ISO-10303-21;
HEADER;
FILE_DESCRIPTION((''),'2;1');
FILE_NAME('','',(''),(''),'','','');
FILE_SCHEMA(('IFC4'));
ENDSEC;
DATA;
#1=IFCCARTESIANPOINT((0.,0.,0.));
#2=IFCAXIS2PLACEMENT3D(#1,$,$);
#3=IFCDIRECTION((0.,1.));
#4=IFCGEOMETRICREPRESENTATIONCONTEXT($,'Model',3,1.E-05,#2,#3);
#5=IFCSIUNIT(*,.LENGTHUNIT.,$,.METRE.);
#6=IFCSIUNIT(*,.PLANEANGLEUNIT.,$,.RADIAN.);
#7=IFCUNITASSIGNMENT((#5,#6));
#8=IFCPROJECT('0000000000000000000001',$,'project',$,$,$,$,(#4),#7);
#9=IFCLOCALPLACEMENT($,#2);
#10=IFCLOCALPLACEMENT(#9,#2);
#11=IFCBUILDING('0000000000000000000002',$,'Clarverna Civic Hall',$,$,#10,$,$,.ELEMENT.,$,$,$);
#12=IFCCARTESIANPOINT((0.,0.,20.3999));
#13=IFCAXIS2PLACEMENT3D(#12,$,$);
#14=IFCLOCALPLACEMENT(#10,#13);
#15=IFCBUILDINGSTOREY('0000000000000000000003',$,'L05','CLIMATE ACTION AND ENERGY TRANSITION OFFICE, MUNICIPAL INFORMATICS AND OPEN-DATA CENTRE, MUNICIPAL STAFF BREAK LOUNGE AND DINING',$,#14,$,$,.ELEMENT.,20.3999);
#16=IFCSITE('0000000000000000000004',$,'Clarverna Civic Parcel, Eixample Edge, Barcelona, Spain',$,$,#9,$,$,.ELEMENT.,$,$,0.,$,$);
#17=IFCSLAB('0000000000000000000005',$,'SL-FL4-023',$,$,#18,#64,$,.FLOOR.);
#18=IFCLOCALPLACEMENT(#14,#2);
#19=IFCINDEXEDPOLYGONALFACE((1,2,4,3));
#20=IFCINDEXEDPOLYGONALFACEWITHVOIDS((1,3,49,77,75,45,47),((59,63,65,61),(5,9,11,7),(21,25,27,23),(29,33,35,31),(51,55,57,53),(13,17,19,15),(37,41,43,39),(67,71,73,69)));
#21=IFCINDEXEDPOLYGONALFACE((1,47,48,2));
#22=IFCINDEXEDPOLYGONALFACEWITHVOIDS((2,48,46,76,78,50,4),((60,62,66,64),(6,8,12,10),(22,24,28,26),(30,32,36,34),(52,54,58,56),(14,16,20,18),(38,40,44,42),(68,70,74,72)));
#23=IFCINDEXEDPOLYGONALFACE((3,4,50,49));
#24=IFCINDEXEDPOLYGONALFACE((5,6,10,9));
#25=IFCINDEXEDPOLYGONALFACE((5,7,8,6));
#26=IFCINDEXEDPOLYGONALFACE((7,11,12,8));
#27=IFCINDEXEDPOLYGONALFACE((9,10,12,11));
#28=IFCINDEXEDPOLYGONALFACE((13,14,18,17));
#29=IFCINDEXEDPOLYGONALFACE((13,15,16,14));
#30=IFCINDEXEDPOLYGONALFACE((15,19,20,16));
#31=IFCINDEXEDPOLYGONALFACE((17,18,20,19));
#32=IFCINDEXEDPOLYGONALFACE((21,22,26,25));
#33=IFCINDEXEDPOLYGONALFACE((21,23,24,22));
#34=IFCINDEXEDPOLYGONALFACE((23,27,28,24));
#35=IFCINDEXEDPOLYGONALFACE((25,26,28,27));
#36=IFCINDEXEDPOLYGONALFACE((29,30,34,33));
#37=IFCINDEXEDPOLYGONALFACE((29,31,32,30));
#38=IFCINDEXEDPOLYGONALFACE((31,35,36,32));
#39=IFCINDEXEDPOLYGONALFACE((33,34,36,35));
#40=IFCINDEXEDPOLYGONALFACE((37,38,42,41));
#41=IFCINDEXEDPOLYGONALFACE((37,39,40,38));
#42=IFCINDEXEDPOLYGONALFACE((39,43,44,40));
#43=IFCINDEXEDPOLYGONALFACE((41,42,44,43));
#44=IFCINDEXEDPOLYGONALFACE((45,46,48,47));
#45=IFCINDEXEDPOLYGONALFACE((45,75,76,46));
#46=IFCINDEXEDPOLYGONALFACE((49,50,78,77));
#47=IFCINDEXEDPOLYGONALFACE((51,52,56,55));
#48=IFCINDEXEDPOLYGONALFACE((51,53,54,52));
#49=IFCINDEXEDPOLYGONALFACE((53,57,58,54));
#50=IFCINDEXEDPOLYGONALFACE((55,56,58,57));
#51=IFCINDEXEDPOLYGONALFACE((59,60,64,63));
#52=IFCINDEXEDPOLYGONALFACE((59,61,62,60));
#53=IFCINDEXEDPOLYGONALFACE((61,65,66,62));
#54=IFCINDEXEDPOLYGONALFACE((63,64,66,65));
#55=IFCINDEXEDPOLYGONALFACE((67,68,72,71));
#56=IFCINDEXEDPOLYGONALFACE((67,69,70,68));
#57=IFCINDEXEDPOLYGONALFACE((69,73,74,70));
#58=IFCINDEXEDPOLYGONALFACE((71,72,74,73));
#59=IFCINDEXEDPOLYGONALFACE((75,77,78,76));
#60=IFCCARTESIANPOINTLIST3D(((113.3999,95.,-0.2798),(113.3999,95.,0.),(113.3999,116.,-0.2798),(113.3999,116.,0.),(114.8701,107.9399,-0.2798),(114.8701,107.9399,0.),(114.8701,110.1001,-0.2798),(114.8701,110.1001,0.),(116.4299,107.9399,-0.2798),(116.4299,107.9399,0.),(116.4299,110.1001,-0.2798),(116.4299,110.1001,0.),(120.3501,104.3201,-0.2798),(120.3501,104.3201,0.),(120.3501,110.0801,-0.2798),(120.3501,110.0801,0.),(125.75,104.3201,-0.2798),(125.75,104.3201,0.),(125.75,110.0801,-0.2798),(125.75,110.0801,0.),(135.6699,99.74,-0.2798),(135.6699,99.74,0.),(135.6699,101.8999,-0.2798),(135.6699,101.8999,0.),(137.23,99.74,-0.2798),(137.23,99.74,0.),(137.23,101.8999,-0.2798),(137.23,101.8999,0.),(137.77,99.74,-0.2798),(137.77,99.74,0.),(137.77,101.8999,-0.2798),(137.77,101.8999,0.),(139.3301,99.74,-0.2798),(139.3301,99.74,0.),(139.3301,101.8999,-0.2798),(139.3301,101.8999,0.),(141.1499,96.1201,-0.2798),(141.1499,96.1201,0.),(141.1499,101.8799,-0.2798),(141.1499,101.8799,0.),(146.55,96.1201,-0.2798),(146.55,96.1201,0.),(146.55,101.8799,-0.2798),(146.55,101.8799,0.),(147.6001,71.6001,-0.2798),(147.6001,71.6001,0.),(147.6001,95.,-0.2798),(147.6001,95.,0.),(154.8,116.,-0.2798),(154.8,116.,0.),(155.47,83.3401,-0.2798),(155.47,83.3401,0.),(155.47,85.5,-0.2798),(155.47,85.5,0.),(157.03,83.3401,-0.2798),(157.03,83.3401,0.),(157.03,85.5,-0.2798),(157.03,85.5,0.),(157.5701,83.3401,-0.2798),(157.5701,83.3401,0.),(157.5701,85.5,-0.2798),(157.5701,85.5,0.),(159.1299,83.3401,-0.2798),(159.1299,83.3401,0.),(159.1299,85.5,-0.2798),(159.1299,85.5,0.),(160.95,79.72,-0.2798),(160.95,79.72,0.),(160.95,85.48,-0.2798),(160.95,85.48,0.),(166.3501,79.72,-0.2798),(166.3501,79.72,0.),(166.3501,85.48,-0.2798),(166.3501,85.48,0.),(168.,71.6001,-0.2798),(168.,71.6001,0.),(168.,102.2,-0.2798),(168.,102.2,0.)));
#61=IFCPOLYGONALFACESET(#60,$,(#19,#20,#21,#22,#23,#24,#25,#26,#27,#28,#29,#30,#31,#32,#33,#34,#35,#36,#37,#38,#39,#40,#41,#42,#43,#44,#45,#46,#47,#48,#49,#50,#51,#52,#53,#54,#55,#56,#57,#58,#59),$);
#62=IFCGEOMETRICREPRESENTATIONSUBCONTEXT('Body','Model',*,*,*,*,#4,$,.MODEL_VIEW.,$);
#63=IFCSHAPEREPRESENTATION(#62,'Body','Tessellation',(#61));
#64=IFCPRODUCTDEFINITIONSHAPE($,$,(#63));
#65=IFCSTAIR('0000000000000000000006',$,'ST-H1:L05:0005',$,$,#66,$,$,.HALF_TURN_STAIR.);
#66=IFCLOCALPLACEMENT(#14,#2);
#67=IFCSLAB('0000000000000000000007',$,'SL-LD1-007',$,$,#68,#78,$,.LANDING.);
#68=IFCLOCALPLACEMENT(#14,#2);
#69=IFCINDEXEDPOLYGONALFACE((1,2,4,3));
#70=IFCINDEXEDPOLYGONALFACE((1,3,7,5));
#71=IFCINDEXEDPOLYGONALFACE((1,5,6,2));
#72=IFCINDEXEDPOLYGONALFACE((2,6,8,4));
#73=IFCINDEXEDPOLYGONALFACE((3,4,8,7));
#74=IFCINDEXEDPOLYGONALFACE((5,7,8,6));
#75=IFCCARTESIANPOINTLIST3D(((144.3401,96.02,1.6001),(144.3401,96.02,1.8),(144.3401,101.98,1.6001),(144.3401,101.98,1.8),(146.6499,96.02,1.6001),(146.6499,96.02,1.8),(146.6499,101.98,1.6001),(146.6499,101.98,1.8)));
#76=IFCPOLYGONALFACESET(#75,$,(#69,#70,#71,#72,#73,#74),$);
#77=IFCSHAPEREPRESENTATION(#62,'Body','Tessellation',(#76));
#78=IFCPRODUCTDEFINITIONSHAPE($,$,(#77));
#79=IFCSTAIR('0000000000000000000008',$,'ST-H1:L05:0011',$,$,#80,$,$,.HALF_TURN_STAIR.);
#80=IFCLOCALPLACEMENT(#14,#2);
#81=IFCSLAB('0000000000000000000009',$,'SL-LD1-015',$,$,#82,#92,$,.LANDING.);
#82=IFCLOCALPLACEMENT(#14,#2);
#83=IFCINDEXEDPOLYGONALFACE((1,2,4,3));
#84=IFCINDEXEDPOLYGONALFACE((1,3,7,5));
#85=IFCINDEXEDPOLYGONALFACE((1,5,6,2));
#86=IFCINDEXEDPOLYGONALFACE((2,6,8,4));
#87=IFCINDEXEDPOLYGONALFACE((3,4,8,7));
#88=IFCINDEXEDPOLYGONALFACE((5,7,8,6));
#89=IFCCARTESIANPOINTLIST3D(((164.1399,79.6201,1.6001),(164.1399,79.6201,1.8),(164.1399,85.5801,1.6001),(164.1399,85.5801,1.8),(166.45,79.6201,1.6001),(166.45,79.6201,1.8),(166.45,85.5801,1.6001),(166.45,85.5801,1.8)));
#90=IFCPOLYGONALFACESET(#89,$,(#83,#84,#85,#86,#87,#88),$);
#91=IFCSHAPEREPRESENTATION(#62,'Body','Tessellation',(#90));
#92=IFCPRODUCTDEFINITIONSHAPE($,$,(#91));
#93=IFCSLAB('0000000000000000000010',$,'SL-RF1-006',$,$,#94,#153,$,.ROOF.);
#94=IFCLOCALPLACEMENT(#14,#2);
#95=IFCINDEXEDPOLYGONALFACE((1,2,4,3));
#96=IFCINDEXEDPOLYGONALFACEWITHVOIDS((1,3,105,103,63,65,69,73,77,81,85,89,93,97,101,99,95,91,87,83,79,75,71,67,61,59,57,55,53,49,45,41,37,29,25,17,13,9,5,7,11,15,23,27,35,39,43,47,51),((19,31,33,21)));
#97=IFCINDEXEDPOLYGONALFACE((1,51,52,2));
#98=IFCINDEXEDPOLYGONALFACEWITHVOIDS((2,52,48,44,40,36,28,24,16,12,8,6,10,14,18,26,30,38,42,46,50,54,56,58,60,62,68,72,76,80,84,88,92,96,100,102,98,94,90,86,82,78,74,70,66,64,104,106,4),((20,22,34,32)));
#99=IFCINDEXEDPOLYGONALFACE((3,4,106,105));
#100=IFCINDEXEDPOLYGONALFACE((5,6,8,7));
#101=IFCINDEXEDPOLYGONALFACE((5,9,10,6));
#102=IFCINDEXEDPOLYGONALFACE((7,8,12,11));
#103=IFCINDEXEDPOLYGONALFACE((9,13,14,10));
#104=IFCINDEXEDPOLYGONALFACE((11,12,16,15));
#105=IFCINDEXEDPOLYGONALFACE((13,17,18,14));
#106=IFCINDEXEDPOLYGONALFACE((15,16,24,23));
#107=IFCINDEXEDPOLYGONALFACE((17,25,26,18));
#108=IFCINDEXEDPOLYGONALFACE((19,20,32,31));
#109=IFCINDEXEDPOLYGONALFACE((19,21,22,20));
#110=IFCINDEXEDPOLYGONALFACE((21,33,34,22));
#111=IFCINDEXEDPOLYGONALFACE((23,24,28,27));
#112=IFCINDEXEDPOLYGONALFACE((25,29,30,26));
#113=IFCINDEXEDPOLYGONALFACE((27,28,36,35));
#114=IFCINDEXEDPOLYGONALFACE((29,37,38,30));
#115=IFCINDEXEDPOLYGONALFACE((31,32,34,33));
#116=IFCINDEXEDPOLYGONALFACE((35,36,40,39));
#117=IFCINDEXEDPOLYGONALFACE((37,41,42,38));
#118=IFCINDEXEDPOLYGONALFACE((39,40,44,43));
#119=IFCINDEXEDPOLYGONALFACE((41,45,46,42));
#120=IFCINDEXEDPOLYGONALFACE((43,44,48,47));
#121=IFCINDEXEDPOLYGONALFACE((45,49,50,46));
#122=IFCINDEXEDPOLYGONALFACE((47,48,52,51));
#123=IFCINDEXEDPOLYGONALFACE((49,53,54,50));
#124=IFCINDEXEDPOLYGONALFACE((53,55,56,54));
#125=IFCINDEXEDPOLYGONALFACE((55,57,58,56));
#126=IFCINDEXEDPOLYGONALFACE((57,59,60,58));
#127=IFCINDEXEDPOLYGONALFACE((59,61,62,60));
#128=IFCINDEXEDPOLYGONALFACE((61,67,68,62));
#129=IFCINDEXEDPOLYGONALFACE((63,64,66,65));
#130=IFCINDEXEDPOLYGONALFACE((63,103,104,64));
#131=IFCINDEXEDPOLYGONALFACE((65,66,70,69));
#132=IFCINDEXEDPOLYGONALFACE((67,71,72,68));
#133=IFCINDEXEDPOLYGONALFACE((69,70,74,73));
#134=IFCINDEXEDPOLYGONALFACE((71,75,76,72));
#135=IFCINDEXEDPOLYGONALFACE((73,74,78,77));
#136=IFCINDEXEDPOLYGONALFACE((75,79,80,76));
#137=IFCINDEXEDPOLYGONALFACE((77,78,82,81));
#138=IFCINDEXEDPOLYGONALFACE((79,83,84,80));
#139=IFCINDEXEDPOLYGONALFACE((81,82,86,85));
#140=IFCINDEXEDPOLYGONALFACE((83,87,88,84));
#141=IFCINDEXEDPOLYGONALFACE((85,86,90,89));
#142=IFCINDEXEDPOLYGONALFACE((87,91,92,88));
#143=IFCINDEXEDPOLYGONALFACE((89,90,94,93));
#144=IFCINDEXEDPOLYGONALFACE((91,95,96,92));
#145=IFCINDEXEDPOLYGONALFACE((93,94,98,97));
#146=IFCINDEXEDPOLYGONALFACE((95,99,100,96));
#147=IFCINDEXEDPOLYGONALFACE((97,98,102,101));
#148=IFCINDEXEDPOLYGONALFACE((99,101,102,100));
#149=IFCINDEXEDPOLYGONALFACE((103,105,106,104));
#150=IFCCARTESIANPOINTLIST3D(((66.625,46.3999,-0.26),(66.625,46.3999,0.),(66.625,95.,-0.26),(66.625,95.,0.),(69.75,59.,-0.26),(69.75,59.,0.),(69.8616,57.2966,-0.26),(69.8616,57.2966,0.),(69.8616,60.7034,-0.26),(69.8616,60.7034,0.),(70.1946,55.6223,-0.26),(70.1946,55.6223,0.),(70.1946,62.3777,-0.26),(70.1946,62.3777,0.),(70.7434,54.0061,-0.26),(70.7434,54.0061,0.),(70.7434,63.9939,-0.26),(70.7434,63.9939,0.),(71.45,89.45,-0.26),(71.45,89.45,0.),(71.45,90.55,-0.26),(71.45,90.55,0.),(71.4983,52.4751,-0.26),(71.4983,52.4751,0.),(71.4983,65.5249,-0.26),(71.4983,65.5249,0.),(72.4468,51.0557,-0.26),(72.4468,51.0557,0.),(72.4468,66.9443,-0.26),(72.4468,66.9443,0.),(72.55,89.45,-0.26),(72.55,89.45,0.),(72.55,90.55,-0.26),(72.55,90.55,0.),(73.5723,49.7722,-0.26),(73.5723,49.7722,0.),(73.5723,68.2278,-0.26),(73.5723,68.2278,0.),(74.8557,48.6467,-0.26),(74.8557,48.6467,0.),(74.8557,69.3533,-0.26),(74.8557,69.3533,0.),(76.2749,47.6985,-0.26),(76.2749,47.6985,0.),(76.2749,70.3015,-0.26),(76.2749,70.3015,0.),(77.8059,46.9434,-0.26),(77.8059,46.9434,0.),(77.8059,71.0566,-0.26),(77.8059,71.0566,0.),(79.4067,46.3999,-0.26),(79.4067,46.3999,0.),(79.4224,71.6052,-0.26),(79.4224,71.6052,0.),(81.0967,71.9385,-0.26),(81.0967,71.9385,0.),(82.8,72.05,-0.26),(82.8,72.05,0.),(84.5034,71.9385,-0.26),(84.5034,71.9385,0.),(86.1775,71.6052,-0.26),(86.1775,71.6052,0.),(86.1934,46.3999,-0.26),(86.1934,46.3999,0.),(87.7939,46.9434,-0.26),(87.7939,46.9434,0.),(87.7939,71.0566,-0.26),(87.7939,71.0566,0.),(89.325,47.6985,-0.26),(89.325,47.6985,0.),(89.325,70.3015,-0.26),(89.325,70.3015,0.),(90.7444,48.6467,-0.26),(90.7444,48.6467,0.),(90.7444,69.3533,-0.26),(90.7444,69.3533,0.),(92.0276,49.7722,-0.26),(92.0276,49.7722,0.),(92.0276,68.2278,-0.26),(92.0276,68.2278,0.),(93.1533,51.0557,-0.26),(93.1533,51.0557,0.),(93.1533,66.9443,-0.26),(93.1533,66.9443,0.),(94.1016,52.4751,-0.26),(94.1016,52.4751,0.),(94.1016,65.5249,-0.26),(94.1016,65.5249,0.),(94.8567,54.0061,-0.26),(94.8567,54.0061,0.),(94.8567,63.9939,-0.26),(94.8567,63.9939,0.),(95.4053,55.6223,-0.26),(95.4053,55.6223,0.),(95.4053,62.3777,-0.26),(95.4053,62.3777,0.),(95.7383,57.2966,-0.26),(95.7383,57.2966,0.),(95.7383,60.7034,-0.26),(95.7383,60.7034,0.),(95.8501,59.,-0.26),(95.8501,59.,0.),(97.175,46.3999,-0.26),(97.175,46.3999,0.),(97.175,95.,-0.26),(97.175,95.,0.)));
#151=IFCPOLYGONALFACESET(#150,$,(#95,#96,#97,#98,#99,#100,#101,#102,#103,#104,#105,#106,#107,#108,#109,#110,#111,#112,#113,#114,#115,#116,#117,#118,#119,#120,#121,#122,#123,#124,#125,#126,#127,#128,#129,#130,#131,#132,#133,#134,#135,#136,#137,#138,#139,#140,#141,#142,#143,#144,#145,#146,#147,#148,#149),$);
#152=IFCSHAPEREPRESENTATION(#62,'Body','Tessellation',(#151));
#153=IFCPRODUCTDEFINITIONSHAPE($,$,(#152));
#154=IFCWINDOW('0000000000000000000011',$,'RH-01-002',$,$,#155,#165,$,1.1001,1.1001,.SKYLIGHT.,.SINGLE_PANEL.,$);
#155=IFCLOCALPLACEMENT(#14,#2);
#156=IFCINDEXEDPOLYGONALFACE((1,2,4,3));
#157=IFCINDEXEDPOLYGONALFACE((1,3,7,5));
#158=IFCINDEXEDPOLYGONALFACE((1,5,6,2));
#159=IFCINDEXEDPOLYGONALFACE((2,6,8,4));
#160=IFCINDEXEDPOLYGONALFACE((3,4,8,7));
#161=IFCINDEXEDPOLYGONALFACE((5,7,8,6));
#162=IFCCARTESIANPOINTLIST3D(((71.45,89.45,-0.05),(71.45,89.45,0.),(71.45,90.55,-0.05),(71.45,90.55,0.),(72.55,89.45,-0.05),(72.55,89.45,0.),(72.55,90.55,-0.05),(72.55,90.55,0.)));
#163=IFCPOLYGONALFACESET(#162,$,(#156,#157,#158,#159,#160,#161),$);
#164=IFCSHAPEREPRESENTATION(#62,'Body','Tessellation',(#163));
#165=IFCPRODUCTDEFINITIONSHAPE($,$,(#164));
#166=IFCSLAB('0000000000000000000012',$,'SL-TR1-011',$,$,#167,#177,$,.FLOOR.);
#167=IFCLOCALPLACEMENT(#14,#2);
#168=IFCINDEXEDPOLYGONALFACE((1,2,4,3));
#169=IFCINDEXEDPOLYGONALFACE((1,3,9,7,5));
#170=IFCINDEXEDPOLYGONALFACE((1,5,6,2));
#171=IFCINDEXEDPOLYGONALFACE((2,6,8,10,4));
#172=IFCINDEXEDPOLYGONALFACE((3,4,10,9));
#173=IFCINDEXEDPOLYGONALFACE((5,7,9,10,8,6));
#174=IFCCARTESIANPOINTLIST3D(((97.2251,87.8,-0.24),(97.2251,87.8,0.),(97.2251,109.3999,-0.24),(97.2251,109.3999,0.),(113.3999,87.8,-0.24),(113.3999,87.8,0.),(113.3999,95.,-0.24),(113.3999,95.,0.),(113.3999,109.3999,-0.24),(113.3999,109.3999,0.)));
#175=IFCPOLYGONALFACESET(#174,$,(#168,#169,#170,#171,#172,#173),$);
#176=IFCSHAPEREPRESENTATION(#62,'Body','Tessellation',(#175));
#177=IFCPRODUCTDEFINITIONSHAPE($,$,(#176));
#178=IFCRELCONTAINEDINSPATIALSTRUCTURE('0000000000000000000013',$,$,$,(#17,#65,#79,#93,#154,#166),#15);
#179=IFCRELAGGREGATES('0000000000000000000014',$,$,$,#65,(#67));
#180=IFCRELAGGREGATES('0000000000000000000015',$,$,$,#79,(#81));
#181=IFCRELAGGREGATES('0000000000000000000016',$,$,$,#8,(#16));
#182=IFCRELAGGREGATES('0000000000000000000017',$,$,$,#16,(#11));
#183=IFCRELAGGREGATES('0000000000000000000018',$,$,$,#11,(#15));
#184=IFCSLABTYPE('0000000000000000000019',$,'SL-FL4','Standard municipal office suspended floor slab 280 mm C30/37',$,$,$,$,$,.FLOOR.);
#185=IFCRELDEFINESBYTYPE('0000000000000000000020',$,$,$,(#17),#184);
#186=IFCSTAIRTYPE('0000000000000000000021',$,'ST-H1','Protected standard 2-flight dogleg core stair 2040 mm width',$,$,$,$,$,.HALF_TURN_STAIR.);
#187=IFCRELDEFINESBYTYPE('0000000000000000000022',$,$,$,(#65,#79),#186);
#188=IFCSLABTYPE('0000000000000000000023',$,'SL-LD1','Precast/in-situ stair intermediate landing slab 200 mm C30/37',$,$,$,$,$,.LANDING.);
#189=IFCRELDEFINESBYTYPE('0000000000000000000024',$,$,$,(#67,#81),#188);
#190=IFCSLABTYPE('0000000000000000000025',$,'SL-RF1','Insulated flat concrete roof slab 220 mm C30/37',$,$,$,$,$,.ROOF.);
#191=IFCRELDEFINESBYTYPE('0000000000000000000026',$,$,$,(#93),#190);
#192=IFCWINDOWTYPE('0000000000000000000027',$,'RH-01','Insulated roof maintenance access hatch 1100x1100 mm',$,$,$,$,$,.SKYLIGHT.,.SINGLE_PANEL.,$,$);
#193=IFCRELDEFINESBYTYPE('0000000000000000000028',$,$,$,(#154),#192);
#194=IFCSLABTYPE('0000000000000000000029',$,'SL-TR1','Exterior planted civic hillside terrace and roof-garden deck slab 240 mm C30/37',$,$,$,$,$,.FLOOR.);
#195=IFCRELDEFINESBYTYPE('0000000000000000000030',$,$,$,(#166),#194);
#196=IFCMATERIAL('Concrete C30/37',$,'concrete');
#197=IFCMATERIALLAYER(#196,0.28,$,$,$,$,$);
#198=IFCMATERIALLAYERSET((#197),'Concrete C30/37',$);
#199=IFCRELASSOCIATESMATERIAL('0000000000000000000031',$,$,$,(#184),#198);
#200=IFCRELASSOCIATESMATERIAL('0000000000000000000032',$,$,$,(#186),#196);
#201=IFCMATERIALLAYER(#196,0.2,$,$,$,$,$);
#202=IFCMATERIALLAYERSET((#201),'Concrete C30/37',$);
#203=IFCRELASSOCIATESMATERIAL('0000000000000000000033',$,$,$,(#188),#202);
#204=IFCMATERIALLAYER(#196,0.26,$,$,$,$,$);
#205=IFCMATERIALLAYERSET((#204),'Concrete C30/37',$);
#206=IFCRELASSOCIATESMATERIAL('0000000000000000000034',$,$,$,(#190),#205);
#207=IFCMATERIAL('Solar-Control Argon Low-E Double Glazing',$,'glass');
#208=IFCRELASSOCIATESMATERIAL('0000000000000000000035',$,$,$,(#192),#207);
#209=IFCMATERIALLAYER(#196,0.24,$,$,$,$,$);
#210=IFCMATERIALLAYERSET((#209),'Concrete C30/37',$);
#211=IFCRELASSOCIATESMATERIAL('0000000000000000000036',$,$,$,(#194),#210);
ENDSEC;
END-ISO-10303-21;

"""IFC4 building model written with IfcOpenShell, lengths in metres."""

from ifc_helpers import new_model, si_unit, direction, frame, origin, origin_2d, place, context, subcontext, project, spatial, polyline, rectangle, outline, extrude, material, layer, layer_set, type_object, element, fill, aggregate, save


model = new_model("IFC4")

# Units and contexts
model_context = context("Model", 3, precision=1e-05, world=origin(), true_north=direction((0.0, 1.0)))
body_context = subcontext(model_context, "Body", "Model", "MODEL_VIEW")
ifc_project = project(units=[si_unit("LENGTHUNIT", "METRE"), si_unit("PLANEANGLEUNIT", "RADIAN")], contexts=[model_context])

# Site, building, storey
site_placement = place(None, origin())
site = spatial("IfcSite", under=ifc_project, at=site_placement, Name="Clarverna Civic Parcel, Eixample Edge, Barcelona, Spain", CompositionType="ELEMENT", RefElevation=0.0)
building_placement = place(site_placement, origin())
building = spatial("IfcBuilding", under=site, at=building_placement, Name="Clarverna Civic Hall", CompositionType="ELEMENT")
storey_placement = place(building_placement, frame((0.0, 0.0, 20.3999)))
storey = spatial("IfcBuildingStorey", under=building, at=storey_placement, Name="L05", Description="CLIMATE ACTION AND ENERGY TRANSITION OFFICE, MUNICIPAL INFORMATICS AND OPEN-DATA CENTRE, MUNICIPAL STAFF BREAK LOUNGE AND DINING", CompositionType="ELEMENT", Elevation=20.3999)

# Slab
ifc_material_1 = material(Name="Concrete C30/37", Category="concrete")
ifc_layer_1 = layer(ifc_material_1, 0.28)
ifc_layer_set_1 = layer_set([ifc_layer_1], Name="Concrete C30/37")
slab_type_1 = type_object("IfcSlabType", Name="SL-FL4", Description="Standard municipal office suspended floor slab 280 mm C30/37", PredefinedType="FLOOR", material=ifc_layer_set_1)
slab_1_placement = place(storey_placement, frame((0.0, 0.0, -0.2798)))
element("IfcSlab", 1, at=slab_1_placement, inside=storey, type_object=slab_type_1, Name="SL-FL4-023", PredefinedType="FLOOR", context=body_context, shape_type="SweptSolid", body=[
    extrude(outline(polyline([(113.3999, 95.0), (147.6001, 95.0), (147.6001, 71.6001), (168.0, 71.6001), (168.0, 102.2), (154.8, 116.0), (113.3999, 116.0), (113.3999, 95.0)]), holes=[polyline([(141.1499, 96.1201), (146.55, 96.1201), (146.55, 101.8799), (141.1499, 101.8799), (141.1499, 96.1201)]), polyline([(135.6699, 99.74), (137.23, 99.74), (137.23, 101.8999), (135.6699, 101.8999), (135.6699, 99.74)]), polyline([(137.77, 99.74), (139.3301, 99.74), (139.3301, 101.8999), (137.77, 101.8999), (137.77, 99.74)]), polyline([(160.95, 79.72), (166.3501, 79.72), (166.3501, 85.48), (160.95, 85.48), (160.95, 79.72)]), polyline([(155.47, 83.3401), (157.03, 83.3401), (157.03, 85.5), (155.47, 85.5), (155.47, 83.3401)]), polyline([(157.5701, 83.3401), (159.1299, 83.3401), (159.1299, 85.5), (157.5701, 85.5), (157.5701, 83.3401)]), polyline([(120.3501, 104.3201), (125.75, 104.3201), (125.75, 110.0801), (120.3501, 110.0801), (120.3501, 104.3201)]), polyline([(114.8701, 107.9399), (116.4299, 107.9399), (116.4299, 110.1001), (114.8701, 110.1001), (114.8701, 107.9399)])]), origin(), (0.0, 0.0, 1.0), 0.2798),
])

# Stairs, slabs
stair_type = type_object("IfcStairType", Name="ST-H1", Description="Protected standard 2-flight dogleg core stair 2040 mm width", PredefinedType="HALF_TURN_STAIR", material=ifc_material_1)
stair_1_placement = place(storey_placement, origin())
stair_1 = element("IfcStair", 2, at=stair_1_placement, inside=storey, type_object=stair_type, Name="ST-H1:L05:0005", PredefinedType="HALF_TURN_STAIR")
ifc_layer_2 = layer(ifc_material_1, 0.2)
ifc_layer_set_2 = layer_set([ifc_layer_2], Name="Concrete C30/37")
slab_type_2 = type_object("IfcSlabType", Name="SL-LD1", Description="Precast/in-situ stair intermediate landing slab 200 mm C30/37", PredefinedType="LANDING", material=ifc_layer_set_2)
slab_2_placement = place(storey_placement, frame((0.0, 0.0, 1.6001)))
slab_2 = element("IfcSlab", 3, at=slab_2_placement, type_object=slab_type_2, Name="SL-LD1-007", PredefinedType="LANDING", context=body_context, shape_type="SweptSolid", body=[
    extrude(outline(polyline([(144.3401, 96.02), (146.6499, 96.02), (146.6499, 101.98), (144.3401, 101.98), (144.3401, 96.02)])), origin(), (0.0, 0.0, 1.0), 0.2),
])
aggregate(stair_1, [slab_2])
stair_2_placement = place(storey_placement, origin())
stair_2 = element("IfcStair", 4, at=stair_2_placement, inside=storey, type_object=stair_type, Name="ST-H1:L05:0011", PredefinedType="HALF_TURN_STAIR")
slab_3_placement = place(storey_placement, frame((0.0, 0.0, 1.6001)))
slab_3 = element("IfcSlab", 5, at=slab_3_placement, type_object=slab_type_2, Name="SL-LD1-015", PredefinedType="LANDING", context=body_context, shape_type="SweptSolid", body=[
    extrude(outline(polyline([(164.1399, 79.6201), (166.45, 79.6201), (166.45, 85.5801), (164.1399, 85.5801), (164.1399, 79.6201)])), origin(), (0.0, 0.0, 1.0), 0.2),
])
aggregate(stair_2, [slab_3])

# Slab, opening, window
ifc_layer_3 = layer(ifc_material_1, 0.26)
ifc_layer_set_3 = layer_set([ifc_layer_3], Name="Concrete C30/37")
slab_type_3 = type_object("IfcSlabType", Name="SL-RF1", Description="Insulated flat concrete roof slab 220 mm C30/37", PredefinedType="ROOF", material=ifc_layer_set_3)
slab_4_placement = place(storey_placement, frame((0.0, 0.0, -0.26)))
slab_4 = element("IfcSlab", 6, at=slab_4_placement, inside=storey, type_object=slab_type_3, Name="SL-RF1-006", PredefinedType="ROOF", context=body_context, shape_type="SweptSolid", body=[
    extrude(outline(polyline([(97.175, 95.0), (66.625, 95.0), (66.625, 46.3999), (79.4067, 46.3999), (77.8059, 46.9434), (76.2749, 47.6985), (74.8557, 48.6467), (73.5723, 49.7722), (72.4468, 51.0557), (71.4983, 52.4751), (70.7434, 54.0061), (70.1946, 55.6223), (69.8616, 57.2966), (69.75, 59.0), (69.8616, 60.7034), (70.1946, 62.3777), (70.7434, 63.9939), (71.4983, 65.5249), (72.4468, 66.9443), (73.5723, 68.2278), (74.8557, 69.3533), (76.2749, 70.3015), (77.8059, 71.0566), (79.4224, 71.6052), (81.0967, 71.9385), (82.8, 72.05), (84.5034, 71.9385), (86.1775, 71.6052), (87.7939, 71.0566), (89.325, 70.3015), (90.7444, 69.3533), (92.0276, 68.2278), (93.1533, 66.9443), (94.1016, 65.5249), (94.8567, 63.9939), (95.4053, 62.3777), (95.7383, 60.7034), (95.8501, 59.0), (95.7383, 57.2966), (95.4053, 55.6223), (94.8567, 54.0061), (94.1016, 52.4751), (93.1533, 51.0557), (92.0276, 49.7722), (90.7444, 48.6467), (89.325, 47.6985), (87.7939, 46.9434), (86.1934, 46.3999), (97.175, 46.3999), (97.175, 95.0)])), origin(), (0.0, 0.0, 1.0), 0.26),
])
opening_1_placement = place(slab_4_placement, frame((72.0, 90.0, 0.0)))
opening_1 = element("IfcOpeningElement", 7, at=opening_1_placement, cuts=slab_4, PredefinedType="OPENING", context=body_context, shape_type="SweptSolid", body=[
    extrude(rectangle(XDim=1.1001, YDim=1.1001, at=origin_2d()), frame((0.0, 0.0, -0.01)), (0.0, 0.0, 1.0), 0.28),
])
ifc_material_2 = material(Name="Solar-Control Argon Low-E Double Glazing", Category="glass")
window_type_1 = type_object("IfcWindowType", Name="RH-01", Description="Insulated roof maintenance access hatch 1100x1100 mm", PartitioningType="SINGLE_PANEL", PredefinedType="SKYLIGHT", material=ifc_material_2)
window_1_placement = place(opening_1_placement, frame((0.0, 0.0, 0.21)))
window_1 = element("IfcWindow", 8, at=window_1_placement, inside=storey, type_object=window_type_1, Name="RH-01-002", OverallHeight=1.1001, OverallWidth=1.1001, PartitioningType="SINGLE_PANEL", PredefinedType="SKYLIGHT", context=body_context, shape_type="SweptSolid", body=[
    extrude(rectangle(XDim=1.1001, YDim=1.1001, at=origin_2d()), origin(), (0.0, 0.0, 1.0), 0.05),
])
fill(opening_1, window_1)

# Slab
ifc_layer_4 = layer(ifc_material_1, 0.24)
ifc_layer_set_4 = layer_set([ifc_layer_4], Name="Concrete C30/37")
slab_type_4 = type_object("IfcSlabType", Name="SL-TR1", Description="Exterior planted civic hillside terrace and roof-garden deck slab 240 mm C30/37", PredefinedType="FLOOR", material=ifc_layer_set_4)
slab_5_placement = place(storey_placement, frame((0.0, 0.0, -0.24)))
element("IfcSlab", 9, at=slab_5_placement, inside=storey, type_object=slab_type_4, Name="SL-TR1-011", PredefinedType="FLOOR", context=body_context, shape_type="SweptSolid", body=[
    extrude(outline(polyline([(113.3999, 109.3999), (97.2251, 109.3999), (97.2251, 87.8), (113.3999, 87.8), (113.3999, 95.0), (113.3999, 109.3999)])), origin(), (0.0, 0.0, 1.0), 0.24),
])

save(model, "model.ifc")
